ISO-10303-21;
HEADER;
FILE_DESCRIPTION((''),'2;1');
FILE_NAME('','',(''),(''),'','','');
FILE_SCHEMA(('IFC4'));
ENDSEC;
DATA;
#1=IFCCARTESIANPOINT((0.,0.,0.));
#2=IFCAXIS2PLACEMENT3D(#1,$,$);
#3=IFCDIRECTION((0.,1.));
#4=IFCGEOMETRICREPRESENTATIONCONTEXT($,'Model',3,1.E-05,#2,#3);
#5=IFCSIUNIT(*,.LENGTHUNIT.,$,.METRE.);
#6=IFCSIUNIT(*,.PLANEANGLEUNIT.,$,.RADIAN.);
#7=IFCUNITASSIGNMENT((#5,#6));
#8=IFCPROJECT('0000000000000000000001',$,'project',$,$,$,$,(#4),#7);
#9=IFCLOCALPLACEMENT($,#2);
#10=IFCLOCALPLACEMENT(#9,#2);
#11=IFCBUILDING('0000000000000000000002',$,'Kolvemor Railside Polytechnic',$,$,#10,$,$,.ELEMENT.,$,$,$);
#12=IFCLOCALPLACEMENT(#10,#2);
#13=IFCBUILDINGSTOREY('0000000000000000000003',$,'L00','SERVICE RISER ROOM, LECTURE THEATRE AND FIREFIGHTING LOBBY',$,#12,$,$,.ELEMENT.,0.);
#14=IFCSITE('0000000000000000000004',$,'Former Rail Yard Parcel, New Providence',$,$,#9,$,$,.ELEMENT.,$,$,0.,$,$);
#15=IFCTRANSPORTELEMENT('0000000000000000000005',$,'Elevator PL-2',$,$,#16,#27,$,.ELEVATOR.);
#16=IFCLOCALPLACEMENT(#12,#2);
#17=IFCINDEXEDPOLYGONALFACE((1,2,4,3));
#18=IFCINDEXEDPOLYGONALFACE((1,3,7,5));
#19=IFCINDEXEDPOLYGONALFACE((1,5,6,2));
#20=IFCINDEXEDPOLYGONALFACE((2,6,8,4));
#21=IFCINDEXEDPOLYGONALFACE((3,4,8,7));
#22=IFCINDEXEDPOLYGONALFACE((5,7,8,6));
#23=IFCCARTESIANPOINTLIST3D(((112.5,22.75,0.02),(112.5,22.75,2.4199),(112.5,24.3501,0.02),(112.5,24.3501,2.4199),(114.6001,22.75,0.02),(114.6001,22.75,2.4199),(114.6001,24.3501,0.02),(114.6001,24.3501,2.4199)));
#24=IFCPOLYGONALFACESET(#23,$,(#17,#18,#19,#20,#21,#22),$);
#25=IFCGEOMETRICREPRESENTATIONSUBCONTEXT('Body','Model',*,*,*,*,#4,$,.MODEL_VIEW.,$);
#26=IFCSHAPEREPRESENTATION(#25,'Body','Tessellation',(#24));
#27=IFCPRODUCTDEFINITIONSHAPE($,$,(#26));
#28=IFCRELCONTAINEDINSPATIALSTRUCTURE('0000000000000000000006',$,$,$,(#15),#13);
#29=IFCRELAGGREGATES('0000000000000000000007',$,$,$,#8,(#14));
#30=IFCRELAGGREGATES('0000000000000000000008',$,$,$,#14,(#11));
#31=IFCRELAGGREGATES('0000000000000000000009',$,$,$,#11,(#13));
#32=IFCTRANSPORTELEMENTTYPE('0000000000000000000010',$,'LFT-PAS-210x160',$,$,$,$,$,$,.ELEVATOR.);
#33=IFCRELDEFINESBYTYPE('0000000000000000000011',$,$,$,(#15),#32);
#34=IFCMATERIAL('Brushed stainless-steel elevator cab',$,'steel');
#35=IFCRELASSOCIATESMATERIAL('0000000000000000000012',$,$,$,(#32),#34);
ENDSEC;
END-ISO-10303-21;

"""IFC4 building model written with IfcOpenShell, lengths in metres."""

from ifc_helpers import new_model, si_unit, direction, frame, origin, origin_2d, place, context, subcontext, project, spatial, rectangle, extrude, material, type_object, element, save


model = new_model("IFC4")

# Units and contexts
model_context = context("Model", 3, precision=1e-05, world=origin(), true_north=direction((0.0, 1.0)))
body_context = subcontext(model_context, "Body", "Model", "MODEL_VIEW")
ifc_project = project(units=[si_unit("LENGTHUNIT", "METRE"), si_unit("PLANEANGLEUNIT", "RADIAN")], contexts=[model_context])

# Site, building, storey
site_placement = place(None, origin())
site = spatial("IfcSite", under=ifc_project, at=site_placement, Name="Former Rail Yard Parcel, New Providence", CompositionType="ELEMENT", RefElevation=0.0)
building_placement = place(site_placement, origin())
building = spatial("IfcBuilding", under=site, at=building_placement, Name="Kolvemor Railside Polytechnic", CompositionType="ELEMENT")
storey_placement = place(building_placement, origin())
storey = spatial("IfcBuildingStorey", under=building, at=storey_placement, Name="L00", Description="SERVICE RISER ROOM, LECTURE THEATRE AND FIREFIGHTING LOBBY", CompositionType="ELEMENT", Elevation=0.0)

# Transport element
ifc_material_1 = material(Name="Brushed stainless-steel elevator cab", Category="steel")
transport_element_type_1 = type_object("IfcTransportElementType", Name="LFT-PAS-210x160", PredefinedType="ELEVATOR", material=ifc_material_1)
transport_element_1_placement = place(storey_placement, frame((113.55, 23.55, 0.02), z_axis=(0.0, 0.0, 1.0), x_axis=(1.0, 0.0, 0.0)))
element("IfcTransportElement", 1, at=transport_element_1_placement, inside=storey, type_object=transport_element_type_1, Name="Elevator PL-2", PredefinedType="ELEVATOR", context=body_context, shape_type="SweptSolid", body=[
    extrude(rectangle(XDim=2.1001, YDim=1.6001, at=origin_2d()), origin(), (0.0, 0.0, 1.0), 2.3999),
])

save(model, "model.ifc")
